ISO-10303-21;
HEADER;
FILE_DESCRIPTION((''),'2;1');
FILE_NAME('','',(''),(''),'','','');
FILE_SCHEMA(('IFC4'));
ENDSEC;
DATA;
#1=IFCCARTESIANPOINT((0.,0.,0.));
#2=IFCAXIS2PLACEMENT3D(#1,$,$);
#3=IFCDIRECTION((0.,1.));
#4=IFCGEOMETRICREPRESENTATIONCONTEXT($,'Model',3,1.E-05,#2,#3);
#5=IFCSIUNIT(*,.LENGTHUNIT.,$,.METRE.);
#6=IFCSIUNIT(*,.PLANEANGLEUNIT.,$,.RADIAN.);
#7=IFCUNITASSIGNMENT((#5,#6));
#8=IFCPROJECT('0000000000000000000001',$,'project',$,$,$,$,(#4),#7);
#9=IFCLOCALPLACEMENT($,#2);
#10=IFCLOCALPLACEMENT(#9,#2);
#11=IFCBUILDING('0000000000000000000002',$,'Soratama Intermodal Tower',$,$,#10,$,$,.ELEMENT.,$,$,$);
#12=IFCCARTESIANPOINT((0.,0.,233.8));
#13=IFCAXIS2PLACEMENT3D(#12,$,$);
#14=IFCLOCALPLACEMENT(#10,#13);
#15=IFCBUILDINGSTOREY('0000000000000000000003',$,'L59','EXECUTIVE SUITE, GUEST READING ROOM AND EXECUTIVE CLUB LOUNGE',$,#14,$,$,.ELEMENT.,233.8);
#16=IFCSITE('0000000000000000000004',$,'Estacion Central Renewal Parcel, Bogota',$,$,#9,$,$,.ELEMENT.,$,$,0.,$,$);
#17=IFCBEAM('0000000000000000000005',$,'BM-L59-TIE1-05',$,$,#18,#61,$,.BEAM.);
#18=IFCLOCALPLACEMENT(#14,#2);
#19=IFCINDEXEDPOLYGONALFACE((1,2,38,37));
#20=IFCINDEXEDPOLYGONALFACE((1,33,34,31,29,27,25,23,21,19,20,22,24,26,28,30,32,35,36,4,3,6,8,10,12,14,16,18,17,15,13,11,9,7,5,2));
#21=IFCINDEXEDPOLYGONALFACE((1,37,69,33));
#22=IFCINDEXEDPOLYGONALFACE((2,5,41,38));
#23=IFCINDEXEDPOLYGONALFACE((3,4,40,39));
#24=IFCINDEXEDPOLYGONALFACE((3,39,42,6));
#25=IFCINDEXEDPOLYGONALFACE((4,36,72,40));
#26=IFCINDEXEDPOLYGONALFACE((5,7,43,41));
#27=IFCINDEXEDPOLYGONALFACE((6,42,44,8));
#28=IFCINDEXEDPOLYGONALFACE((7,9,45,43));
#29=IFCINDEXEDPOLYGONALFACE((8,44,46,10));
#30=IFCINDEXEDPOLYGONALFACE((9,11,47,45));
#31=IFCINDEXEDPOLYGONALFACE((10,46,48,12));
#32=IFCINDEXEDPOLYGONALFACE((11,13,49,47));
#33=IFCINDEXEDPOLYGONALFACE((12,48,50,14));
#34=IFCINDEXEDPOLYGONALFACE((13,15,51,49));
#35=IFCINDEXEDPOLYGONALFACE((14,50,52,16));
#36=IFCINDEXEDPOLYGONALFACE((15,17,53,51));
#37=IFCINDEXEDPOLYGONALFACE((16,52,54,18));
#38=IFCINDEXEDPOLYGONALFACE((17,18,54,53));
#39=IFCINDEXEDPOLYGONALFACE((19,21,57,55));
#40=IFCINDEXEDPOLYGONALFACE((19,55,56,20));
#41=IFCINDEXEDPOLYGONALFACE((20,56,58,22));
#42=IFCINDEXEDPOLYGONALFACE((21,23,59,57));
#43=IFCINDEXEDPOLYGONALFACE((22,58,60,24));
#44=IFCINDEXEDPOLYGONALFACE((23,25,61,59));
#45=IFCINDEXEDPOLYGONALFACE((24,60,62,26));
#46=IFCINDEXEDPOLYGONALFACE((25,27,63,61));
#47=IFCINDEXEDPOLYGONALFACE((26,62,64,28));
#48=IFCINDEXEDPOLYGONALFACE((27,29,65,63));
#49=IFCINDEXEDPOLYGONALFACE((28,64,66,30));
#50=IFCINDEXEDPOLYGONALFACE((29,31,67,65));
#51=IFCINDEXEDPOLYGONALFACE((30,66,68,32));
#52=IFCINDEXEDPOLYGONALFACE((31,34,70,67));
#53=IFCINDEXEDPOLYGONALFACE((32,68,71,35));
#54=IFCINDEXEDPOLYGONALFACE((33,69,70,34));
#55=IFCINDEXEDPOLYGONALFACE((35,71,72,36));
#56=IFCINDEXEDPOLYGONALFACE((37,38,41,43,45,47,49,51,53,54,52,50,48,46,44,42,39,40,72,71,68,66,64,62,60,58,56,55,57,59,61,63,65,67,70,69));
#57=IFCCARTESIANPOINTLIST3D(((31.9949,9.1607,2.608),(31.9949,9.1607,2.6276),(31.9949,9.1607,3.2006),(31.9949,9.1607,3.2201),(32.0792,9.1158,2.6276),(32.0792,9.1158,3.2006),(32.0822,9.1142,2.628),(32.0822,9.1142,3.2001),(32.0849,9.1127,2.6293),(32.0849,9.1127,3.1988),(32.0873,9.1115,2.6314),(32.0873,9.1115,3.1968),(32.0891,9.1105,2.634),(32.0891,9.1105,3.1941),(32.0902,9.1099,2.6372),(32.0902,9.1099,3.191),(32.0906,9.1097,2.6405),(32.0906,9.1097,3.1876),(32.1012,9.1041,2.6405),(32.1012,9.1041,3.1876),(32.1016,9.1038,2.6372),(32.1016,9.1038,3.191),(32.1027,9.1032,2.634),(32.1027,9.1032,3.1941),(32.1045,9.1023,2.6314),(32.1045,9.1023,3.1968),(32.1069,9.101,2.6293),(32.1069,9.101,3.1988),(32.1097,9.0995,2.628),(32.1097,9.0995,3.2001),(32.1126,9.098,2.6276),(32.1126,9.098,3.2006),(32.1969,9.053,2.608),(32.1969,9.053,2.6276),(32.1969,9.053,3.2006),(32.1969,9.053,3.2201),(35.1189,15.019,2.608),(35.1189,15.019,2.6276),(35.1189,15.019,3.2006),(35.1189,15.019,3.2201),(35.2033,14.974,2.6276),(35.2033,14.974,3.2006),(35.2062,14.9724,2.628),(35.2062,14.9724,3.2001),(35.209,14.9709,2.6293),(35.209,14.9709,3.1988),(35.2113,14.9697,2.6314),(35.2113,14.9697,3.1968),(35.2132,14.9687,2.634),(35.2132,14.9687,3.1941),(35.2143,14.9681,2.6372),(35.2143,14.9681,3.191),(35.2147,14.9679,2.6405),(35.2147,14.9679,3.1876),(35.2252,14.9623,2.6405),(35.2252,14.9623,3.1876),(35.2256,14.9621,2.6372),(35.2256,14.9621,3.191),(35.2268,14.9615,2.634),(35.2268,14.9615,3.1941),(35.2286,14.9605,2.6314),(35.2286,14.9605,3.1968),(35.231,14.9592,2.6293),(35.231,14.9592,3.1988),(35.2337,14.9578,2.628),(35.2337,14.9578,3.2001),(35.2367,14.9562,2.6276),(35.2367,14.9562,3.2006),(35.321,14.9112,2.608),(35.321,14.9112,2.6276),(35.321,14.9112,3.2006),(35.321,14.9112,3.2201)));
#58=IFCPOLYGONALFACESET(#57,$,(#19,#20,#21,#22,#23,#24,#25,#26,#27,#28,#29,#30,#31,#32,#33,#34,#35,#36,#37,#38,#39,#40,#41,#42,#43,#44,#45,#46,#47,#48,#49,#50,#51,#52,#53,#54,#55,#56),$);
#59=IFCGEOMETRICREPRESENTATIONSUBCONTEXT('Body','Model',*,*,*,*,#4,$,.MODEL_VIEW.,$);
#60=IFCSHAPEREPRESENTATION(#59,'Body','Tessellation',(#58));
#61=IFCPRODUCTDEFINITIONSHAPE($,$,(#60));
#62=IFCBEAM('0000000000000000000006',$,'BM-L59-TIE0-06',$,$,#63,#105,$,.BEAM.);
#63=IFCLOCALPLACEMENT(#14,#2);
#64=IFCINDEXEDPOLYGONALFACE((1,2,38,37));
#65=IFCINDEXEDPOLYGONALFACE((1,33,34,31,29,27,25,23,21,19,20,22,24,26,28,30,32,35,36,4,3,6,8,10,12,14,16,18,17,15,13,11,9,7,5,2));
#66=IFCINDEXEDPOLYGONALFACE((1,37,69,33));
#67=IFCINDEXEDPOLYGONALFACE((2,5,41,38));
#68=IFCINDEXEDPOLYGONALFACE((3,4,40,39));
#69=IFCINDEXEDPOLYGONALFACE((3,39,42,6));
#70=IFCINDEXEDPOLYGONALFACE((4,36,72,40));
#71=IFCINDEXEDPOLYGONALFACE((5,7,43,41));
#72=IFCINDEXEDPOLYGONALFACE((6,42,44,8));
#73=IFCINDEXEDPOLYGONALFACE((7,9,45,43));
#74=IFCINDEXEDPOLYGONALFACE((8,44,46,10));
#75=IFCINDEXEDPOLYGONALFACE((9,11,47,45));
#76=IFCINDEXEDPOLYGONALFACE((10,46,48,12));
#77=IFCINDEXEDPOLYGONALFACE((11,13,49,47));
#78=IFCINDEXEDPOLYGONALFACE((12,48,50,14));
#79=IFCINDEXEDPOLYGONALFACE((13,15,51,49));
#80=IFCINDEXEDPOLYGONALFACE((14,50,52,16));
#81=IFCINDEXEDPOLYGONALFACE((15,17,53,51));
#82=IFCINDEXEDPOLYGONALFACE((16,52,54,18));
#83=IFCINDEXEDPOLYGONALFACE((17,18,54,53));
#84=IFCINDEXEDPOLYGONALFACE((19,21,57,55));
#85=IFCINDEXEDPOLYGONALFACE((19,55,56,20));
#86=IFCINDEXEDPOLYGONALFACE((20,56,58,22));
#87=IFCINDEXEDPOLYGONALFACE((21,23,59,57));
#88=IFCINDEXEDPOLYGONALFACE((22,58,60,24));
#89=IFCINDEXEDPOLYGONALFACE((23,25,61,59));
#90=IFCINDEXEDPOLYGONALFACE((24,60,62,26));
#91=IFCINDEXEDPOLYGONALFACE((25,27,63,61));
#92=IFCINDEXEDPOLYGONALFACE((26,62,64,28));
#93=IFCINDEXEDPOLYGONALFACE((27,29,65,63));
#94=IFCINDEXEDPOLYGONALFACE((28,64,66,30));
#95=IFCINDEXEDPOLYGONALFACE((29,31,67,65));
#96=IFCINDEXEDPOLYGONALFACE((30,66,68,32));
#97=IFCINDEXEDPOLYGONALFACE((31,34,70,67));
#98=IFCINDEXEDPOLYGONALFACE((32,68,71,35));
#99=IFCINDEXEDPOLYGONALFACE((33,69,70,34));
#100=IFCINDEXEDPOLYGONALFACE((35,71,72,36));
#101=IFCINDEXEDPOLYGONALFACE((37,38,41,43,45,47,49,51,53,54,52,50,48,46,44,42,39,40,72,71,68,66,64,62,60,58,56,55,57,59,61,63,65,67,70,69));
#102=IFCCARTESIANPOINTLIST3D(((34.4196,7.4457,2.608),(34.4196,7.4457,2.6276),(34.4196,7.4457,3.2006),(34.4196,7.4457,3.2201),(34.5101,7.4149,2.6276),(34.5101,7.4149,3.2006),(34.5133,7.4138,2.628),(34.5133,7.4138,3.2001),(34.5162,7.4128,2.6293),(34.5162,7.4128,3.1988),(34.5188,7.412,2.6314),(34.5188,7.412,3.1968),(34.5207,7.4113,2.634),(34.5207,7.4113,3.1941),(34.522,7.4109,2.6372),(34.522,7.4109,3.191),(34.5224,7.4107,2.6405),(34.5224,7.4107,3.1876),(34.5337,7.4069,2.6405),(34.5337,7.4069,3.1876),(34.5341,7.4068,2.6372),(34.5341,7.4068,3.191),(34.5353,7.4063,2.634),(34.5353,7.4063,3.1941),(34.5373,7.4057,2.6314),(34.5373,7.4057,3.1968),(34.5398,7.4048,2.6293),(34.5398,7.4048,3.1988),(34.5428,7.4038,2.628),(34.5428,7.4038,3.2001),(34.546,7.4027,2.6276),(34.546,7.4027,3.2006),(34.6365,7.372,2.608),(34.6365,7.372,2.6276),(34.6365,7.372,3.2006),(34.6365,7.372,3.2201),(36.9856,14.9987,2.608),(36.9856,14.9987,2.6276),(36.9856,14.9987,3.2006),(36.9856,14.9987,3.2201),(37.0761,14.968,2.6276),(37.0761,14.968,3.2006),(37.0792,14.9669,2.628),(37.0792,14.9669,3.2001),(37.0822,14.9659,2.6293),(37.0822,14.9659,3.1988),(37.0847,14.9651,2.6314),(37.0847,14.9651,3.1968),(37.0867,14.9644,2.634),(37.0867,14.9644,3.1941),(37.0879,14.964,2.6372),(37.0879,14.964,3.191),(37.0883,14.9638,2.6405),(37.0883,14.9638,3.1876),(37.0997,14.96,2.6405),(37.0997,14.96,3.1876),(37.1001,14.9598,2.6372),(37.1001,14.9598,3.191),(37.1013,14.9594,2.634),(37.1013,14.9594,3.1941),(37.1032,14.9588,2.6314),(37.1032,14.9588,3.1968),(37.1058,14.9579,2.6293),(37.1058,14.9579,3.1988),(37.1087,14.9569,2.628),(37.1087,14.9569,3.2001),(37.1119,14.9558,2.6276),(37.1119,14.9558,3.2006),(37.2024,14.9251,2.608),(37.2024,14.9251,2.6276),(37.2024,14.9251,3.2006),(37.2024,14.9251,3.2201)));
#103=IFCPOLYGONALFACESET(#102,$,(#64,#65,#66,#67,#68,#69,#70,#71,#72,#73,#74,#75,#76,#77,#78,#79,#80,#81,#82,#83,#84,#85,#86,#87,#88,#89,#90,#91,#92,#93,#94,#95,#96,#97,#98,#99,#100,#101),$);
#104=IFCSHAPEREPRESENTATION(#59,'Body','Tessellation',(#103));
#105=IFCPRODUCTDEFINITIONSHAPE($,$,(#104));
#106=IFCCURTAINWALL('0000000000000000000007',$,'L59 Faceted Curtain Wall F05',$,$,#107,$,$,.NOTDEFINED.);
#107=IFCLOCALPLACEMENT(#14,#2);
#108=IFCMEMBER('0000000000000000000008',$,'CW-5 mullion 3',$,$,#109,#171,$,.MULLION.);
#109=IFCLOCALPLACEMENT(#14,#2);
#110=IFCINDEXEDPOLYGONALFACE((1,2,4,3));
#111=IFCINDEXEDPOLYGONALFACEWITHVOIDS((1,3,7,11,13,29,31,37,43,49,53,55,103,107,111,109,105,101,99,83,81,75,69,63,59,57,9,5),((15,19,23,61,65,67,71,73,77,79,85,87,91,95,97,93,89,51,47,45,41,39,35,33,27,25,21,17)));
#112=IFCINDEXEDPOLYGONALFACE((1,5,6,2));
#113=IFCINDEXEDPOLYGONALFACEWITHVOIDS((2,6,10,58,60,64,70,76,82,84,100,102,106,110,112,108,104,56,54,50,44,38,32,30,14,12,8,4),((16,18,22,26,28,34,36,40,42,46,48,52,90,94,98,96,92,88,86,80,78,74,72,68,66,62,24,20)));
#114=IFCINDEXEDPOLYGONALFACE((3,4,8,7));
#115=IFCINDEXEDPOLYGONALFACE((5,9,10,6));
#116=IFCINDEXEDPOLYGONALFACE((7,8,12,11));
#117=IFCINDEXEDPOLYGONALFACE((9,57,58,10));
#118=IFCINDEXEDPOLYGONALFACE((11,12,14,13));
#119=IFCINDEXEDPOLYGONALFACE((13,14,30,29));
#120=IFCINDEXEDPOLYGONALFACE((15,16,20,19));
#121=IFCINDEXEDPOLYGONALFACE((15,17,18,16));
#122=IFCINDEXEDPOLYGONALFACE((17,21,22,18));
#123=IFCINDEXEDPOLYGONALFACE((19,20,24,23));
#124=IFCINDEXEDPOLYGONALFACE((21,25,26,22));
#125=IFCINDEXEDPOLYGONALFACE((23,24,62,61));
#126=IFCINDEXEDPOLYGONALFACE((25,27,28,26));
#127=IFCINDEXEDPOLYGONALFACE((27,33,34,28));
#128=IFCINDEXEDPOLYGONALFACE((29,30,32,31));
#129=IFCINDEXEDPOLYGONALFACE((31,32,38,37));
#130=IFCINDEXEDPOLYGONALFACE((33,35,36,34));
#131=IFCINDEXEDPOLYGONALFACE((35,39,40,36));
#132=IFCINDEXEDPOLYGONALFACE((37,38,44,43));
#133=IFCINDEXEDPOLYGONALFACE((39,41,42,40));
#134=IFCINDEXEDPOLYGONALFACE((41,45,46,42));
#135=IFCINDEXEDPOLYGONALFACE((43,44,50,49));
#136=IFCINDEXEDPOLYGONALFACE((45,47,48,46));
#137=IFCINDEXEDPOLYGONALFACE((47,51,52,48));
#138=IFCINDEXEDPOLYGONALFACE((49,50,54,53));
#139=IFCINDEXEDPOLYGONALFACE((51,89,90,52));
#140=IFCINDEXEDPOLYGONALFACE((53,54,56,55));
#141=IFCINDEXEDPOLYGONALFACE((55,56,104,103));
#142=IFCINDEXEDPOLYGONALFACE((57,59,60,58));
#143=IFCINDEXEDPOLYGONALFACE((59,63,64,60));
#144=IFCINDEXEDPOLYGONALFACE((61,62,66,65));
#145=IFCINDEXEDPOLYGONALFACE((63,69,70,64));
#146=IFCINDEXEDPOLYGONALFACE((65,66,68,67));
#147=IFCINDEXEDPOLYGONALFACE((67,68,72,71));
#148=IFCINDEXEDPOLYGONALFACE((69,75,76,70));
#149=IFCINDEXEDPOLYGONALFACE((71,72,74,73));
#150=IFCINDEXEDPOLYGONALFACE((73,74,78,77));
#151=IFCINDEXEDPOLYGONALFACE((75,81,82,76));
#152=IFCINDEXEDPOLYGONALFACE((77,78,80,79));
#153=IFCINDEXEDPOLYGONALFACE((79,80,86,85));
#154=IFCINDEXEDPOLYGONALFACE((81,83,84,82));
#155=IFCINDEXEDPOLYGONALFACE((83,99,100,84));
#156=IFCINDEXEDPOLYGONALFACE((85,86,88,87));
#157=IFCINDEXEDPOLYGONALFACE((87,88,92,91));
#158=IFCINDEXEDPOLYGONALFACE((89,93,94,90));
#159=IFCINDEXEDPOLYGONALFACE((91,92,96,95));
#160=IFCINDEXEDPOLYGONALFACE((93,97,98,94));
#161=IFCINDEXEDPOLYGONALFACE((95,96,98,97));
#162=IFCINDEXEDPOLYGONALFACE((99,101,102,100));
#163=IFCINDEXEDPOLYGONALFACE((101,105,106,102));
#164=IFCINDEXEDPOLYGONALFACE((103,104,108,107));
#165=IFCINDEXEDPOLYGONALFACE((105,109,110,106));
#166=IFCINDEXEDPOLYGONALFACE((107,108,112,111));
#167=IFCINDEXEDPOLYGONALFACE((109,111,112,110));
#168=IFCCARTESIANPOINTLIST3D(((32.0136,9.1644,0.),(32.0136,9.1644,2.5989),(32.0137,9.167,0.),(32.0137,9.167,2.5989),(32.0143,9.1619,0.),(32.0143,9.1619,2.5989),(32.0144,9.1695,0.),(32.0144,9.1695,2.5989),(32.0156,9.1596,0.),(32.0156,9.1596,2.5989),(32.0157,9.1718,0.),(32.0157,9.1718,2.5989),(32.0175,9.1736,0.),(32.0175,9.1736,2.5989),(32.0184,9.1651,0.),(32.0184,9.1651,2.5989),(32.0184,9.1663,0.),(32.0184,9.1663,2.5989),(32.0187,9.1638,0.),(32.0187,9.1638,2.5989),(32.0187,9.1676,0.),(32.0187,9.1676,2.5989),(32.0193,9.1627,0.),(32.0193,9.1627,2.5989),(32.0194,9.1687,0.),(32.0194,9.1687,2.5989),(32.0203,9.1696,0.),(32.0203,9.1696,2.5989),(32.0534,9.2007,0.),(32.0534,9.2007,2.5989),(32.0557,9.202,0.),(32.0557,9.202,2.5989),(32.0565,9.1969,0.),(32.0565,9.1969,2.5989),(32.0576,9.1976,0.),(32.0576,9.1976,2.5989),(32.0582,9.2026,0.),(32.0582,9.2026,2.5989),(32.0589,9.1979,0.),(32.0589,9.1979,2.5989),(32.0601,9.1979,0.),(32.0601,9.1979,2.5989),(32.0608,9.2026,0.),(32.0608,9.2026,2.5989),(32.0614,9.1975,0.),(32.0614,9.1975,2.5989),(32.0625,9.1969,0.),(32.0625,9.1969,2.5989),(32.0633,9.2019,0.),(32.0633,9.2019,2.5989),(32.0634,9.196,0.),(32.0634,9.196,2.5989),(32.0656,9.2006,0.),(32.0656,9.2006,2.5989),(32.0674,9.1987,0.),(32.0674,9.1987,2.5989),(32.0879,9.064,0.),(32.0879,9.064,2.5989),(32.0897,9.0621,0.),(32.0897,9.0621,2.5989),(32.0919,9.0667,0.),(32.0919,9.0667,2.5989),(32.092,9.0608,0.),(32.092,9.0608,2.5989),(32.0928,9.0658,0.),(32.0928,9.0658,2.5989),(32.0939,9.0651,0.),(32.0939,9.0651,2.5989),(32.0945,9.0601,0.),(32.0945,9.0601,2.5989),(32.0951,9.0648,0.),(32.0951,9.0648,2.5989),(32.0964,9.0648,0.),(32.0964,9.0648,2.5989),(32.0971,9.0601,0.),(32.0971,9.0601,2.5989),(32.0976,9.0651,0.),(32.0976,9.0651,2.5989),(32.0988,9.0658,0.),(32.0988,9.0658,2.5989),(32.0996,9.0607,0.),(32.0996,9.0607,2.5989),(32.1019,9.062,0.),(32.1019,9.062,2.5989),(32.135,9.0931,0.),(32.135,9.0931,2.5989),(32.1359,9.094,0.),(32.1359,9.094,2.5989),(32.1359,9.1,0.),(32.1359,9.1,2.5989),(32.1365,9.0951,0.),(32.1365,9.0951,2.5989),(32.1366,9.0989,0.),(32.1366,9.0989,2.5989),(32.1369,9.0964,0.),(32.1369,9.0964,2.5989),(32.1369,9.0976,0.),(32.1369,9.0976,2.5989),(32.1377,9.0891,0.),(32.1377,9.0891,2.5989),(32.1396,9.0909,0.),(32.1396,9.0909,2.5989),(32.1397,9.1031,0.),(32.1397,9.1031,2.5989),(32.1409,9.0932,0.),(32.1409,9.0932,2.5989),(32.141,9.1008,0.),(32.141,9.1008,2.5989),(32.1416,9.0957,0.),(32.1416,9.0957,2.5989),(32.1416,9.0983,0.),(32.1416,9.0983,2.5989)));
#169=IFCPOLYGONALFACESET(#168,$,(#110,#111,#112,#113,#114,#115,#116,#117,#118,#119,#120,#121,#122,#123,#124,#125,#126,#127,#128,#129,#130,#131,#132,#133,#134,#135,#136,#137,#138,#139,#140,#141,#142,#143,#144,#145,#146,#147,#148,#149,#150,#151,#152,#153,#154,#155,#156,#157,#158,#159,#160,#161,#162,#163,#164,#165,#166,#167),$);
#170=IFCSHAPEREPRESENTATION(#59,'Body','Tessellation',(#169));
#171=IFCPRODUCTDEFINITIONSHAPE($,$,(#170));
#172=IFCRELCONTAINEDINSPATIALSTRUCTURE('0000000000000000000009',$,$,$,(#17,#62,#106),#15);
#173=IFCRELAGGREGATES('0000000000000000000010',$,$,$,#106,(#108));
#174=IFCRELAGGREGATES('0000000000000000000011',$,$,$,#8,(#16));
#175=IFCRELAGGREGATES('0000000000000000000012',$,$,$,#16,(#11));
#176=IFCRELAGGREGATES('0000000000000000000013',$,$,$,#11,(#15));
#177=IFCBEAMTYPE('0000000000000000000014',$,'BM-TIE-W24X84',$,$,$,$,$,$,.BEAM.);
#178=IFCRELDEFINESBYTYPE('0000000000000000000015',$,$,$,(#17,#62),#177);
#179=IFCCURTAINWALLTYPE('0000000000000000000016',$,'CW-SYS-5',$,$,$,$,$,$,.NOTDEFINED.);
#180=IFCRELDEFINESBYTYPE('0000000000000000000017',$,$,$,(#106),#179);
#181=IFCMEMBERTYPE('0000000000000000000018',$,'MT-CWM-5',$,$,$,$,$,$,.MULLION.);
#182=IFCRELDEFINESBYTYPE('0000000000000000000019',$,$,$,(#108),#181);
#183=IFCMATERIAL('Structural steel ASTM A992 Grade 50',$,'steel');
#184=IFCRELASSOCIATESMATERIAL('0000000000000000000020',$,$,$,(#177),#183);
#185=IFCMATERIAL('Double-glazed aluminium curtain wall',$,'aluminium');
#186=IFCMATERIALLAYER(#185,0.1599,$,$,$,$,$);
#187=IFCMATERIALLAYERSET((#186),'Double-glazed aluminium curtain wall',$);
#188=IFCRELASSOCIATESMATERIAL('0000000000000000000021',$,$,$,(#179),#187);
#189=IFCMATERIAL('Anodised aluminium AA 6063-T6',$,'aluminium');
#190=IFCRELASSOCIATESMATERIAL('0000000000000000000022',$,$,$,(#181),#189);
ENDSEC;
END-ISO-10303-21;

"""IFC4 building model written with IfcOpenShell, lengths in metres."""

from ifc_helpers import new_model, si_unit, direction, frame, origin, origin_2d, place, context, subcontext, project, spatial, hollow_rectangle, i_section, extrude, material, layer, layer_set, material_profile, profile_set, type_object, element, aggregate, save


model = new_model("IFC4")

# Units and contexts
model_context = context("Model", 3, precision=1e-05, world=origin(), true_north=direction((0.0, 1.0)))
body_context = subcontext(model_context, "Body", "Model", "MODEL_VIEW")
ifc_project = project(units=[si_unit("LENGTHUNIT", "METRE"), si_unit("PLANEANGLEUNIT", "RADIAN")], contexts=[model_context])

# Site, building, storey
site_placement = place(None, origin())
site = spatial("IfcSite", under=ifc_project, at=site_placement, Name="Estacion Central Renewal Parcel, Bogota", CompositionType="ELEMENT", RefElevation=0.0)
building_placement = place(site_placement, origin())
building = spatial("IfcBuilding", under=site, at=building_placement, Name="Soratama Intermodal Tower", CompositionType="ELEMENT")
storey_placement = place(building_placement, frame((0.0, 0.0, 233.8)))
storey = spatial("IfcBuildingStorey", under=building, at=storey_placement, Name="L59", Description="EXECUTIVE SUITE, GUEST READING ROOM AND EXECUTIVE CLUB LOUNGE", CompositionType="ELEMENT", Elevation=233.8)

# Beams
ifc_material_1 = material(Name="Structural steel ASTM A992 Grade 50", Category="steel")
ifc_material_profile_1 = material_profile(ifc_material_1, i_section(OverallWidth=0.229, OverallDepth=0.6121, WebThickness=0.012, FlangeThickness=0.0195, FilletRadius=0.0129, at=origin_2d()), Name="W24X84")
ifc_profile_set_1 = profile_set([ifc_material_profile_1], Name="Structural steel ASTM A992 Grade 50")
beam_type_1 = type_object("IfcBeamType", Name="BM-TIE-W24X84", PredefinedType="BEAM", material=ifc_profile_set_1)
beam_1_placement = place(storey_placement, frame((35.22, 14.9651, 2.9141), z_axis=(-0.47055, -0.882373, 0.0), x_axis=(0.882373, -0.47055, 0.0)))
element("IfcBeam", 1, at=beam_1_placement, inside=storey, type_object=beam_type_1, Name="BM-L59-TIE1-05", PredefinedType="BEAM", context=body_context, shape_type="SweptSolid", body=[
    extrude(i_section(OverallWidth=0.229, OverallDepth=0.6121, WebThickness=0.012, FlangeThickness=0.0195, FilletRadius=0.0129, at=origin_2d()), origin(), (0.0, 0.0, 1.0), 6.6392),
])
beam_2_placement = place(storey_placement, frame((37.094, 14.9619, 2.9141), z_axis=(-0.321667, -0.946853, 0.0), x_axis=(0.946853, -0.321667, 0.0)))
element("IfcBeam", 2, at=beam_2_placement, inside=storey, type_object=beam_type_1, Name="BM-L59-TIE0-06", PredefinedType="BEAM", context=body_context, shape_type="SweptSolid", body=[
    extrude(i_section(OverallWidth=0.229, OverallDepth=0.6121, WebThickness=0.012, FlangeThickness=0.0195, FilletRadius=0.0129, at=origin_2d()), origin(), (0.0, 0.0, 1.0), 7.9771),
])

# Curtain wall, member
ifc_material_2 = material(Name="Double-glazed aluminium curtain wall", Category="aluminium")
ifc_layer_1 = layer(ifc_material_2, 0.1599)
ifc_layer_set_1 = layer_set([ifc_layer_1], Name="Double-glazed aluminium curtain wall")
curtain_wall_type = type_object("IfcCurtainWallType", Name="CW-SYS-5", PredefinedType="NOTDEFINED", material=ifc_layer_set_1)
curtain_wall_placement = place(storey_placement, origin())
curtain_wall = element("IfcCurtainWall", 3, at=curtain_wall_placement, inside=storey, type_object=curtain_wall_type, Name="L59 Faceted Curtain Wall F05", PredefinedType="NOTDEFINED")
ifc_material_3 = material(Name="Anodised aluminium AA 6063-T6", Category="aluminium")
ifc_material_profile_2 = material_profile(ifc_material_3, hollow_rectangle(XDim=0.0649, YDim=0.1399, WallThickness=0.0049, InnerFilletRadius=0.0049, OuterFilletRadius=0.01, at=origin_2d()), Name="CWM140X65X5")
ifc_profile_set_2 = profile_set([ifc_material_profile_2], Name="Anodised aluminium AA 6063-T6")
member_type = type_object("IfcMemberType", Name="MT-CWM-5", PredefinedType="MULLION", material=ifc_profile_set_2)
member_placement = place(storey_placement, frame((32.0776, 9.1313, 0.0), z_axis=(0.0, 0.0, 1.0), x_axis=(0.797794, 0.602931, 0.0)))
member = element("IfcMember", 4, at=member_placement, type_object=member_type, Name="CW-5 mullion 3", PredefinedType="MULLION", context=body_context, shape_type="SweptSolid", body=[
    extrude(hollow_rectangle(XDim=0.0649, YDim=0.1399, WallThickness=0.0049, InnerFilletRadius=0.0049, OuterFilletRadius=0.01, at=origin_2d()), origin(), (0.0, 0.0, 1.0), 2.5989),
])
aggregate(curtain_wall, [member])

save(model, "model.ifc")
